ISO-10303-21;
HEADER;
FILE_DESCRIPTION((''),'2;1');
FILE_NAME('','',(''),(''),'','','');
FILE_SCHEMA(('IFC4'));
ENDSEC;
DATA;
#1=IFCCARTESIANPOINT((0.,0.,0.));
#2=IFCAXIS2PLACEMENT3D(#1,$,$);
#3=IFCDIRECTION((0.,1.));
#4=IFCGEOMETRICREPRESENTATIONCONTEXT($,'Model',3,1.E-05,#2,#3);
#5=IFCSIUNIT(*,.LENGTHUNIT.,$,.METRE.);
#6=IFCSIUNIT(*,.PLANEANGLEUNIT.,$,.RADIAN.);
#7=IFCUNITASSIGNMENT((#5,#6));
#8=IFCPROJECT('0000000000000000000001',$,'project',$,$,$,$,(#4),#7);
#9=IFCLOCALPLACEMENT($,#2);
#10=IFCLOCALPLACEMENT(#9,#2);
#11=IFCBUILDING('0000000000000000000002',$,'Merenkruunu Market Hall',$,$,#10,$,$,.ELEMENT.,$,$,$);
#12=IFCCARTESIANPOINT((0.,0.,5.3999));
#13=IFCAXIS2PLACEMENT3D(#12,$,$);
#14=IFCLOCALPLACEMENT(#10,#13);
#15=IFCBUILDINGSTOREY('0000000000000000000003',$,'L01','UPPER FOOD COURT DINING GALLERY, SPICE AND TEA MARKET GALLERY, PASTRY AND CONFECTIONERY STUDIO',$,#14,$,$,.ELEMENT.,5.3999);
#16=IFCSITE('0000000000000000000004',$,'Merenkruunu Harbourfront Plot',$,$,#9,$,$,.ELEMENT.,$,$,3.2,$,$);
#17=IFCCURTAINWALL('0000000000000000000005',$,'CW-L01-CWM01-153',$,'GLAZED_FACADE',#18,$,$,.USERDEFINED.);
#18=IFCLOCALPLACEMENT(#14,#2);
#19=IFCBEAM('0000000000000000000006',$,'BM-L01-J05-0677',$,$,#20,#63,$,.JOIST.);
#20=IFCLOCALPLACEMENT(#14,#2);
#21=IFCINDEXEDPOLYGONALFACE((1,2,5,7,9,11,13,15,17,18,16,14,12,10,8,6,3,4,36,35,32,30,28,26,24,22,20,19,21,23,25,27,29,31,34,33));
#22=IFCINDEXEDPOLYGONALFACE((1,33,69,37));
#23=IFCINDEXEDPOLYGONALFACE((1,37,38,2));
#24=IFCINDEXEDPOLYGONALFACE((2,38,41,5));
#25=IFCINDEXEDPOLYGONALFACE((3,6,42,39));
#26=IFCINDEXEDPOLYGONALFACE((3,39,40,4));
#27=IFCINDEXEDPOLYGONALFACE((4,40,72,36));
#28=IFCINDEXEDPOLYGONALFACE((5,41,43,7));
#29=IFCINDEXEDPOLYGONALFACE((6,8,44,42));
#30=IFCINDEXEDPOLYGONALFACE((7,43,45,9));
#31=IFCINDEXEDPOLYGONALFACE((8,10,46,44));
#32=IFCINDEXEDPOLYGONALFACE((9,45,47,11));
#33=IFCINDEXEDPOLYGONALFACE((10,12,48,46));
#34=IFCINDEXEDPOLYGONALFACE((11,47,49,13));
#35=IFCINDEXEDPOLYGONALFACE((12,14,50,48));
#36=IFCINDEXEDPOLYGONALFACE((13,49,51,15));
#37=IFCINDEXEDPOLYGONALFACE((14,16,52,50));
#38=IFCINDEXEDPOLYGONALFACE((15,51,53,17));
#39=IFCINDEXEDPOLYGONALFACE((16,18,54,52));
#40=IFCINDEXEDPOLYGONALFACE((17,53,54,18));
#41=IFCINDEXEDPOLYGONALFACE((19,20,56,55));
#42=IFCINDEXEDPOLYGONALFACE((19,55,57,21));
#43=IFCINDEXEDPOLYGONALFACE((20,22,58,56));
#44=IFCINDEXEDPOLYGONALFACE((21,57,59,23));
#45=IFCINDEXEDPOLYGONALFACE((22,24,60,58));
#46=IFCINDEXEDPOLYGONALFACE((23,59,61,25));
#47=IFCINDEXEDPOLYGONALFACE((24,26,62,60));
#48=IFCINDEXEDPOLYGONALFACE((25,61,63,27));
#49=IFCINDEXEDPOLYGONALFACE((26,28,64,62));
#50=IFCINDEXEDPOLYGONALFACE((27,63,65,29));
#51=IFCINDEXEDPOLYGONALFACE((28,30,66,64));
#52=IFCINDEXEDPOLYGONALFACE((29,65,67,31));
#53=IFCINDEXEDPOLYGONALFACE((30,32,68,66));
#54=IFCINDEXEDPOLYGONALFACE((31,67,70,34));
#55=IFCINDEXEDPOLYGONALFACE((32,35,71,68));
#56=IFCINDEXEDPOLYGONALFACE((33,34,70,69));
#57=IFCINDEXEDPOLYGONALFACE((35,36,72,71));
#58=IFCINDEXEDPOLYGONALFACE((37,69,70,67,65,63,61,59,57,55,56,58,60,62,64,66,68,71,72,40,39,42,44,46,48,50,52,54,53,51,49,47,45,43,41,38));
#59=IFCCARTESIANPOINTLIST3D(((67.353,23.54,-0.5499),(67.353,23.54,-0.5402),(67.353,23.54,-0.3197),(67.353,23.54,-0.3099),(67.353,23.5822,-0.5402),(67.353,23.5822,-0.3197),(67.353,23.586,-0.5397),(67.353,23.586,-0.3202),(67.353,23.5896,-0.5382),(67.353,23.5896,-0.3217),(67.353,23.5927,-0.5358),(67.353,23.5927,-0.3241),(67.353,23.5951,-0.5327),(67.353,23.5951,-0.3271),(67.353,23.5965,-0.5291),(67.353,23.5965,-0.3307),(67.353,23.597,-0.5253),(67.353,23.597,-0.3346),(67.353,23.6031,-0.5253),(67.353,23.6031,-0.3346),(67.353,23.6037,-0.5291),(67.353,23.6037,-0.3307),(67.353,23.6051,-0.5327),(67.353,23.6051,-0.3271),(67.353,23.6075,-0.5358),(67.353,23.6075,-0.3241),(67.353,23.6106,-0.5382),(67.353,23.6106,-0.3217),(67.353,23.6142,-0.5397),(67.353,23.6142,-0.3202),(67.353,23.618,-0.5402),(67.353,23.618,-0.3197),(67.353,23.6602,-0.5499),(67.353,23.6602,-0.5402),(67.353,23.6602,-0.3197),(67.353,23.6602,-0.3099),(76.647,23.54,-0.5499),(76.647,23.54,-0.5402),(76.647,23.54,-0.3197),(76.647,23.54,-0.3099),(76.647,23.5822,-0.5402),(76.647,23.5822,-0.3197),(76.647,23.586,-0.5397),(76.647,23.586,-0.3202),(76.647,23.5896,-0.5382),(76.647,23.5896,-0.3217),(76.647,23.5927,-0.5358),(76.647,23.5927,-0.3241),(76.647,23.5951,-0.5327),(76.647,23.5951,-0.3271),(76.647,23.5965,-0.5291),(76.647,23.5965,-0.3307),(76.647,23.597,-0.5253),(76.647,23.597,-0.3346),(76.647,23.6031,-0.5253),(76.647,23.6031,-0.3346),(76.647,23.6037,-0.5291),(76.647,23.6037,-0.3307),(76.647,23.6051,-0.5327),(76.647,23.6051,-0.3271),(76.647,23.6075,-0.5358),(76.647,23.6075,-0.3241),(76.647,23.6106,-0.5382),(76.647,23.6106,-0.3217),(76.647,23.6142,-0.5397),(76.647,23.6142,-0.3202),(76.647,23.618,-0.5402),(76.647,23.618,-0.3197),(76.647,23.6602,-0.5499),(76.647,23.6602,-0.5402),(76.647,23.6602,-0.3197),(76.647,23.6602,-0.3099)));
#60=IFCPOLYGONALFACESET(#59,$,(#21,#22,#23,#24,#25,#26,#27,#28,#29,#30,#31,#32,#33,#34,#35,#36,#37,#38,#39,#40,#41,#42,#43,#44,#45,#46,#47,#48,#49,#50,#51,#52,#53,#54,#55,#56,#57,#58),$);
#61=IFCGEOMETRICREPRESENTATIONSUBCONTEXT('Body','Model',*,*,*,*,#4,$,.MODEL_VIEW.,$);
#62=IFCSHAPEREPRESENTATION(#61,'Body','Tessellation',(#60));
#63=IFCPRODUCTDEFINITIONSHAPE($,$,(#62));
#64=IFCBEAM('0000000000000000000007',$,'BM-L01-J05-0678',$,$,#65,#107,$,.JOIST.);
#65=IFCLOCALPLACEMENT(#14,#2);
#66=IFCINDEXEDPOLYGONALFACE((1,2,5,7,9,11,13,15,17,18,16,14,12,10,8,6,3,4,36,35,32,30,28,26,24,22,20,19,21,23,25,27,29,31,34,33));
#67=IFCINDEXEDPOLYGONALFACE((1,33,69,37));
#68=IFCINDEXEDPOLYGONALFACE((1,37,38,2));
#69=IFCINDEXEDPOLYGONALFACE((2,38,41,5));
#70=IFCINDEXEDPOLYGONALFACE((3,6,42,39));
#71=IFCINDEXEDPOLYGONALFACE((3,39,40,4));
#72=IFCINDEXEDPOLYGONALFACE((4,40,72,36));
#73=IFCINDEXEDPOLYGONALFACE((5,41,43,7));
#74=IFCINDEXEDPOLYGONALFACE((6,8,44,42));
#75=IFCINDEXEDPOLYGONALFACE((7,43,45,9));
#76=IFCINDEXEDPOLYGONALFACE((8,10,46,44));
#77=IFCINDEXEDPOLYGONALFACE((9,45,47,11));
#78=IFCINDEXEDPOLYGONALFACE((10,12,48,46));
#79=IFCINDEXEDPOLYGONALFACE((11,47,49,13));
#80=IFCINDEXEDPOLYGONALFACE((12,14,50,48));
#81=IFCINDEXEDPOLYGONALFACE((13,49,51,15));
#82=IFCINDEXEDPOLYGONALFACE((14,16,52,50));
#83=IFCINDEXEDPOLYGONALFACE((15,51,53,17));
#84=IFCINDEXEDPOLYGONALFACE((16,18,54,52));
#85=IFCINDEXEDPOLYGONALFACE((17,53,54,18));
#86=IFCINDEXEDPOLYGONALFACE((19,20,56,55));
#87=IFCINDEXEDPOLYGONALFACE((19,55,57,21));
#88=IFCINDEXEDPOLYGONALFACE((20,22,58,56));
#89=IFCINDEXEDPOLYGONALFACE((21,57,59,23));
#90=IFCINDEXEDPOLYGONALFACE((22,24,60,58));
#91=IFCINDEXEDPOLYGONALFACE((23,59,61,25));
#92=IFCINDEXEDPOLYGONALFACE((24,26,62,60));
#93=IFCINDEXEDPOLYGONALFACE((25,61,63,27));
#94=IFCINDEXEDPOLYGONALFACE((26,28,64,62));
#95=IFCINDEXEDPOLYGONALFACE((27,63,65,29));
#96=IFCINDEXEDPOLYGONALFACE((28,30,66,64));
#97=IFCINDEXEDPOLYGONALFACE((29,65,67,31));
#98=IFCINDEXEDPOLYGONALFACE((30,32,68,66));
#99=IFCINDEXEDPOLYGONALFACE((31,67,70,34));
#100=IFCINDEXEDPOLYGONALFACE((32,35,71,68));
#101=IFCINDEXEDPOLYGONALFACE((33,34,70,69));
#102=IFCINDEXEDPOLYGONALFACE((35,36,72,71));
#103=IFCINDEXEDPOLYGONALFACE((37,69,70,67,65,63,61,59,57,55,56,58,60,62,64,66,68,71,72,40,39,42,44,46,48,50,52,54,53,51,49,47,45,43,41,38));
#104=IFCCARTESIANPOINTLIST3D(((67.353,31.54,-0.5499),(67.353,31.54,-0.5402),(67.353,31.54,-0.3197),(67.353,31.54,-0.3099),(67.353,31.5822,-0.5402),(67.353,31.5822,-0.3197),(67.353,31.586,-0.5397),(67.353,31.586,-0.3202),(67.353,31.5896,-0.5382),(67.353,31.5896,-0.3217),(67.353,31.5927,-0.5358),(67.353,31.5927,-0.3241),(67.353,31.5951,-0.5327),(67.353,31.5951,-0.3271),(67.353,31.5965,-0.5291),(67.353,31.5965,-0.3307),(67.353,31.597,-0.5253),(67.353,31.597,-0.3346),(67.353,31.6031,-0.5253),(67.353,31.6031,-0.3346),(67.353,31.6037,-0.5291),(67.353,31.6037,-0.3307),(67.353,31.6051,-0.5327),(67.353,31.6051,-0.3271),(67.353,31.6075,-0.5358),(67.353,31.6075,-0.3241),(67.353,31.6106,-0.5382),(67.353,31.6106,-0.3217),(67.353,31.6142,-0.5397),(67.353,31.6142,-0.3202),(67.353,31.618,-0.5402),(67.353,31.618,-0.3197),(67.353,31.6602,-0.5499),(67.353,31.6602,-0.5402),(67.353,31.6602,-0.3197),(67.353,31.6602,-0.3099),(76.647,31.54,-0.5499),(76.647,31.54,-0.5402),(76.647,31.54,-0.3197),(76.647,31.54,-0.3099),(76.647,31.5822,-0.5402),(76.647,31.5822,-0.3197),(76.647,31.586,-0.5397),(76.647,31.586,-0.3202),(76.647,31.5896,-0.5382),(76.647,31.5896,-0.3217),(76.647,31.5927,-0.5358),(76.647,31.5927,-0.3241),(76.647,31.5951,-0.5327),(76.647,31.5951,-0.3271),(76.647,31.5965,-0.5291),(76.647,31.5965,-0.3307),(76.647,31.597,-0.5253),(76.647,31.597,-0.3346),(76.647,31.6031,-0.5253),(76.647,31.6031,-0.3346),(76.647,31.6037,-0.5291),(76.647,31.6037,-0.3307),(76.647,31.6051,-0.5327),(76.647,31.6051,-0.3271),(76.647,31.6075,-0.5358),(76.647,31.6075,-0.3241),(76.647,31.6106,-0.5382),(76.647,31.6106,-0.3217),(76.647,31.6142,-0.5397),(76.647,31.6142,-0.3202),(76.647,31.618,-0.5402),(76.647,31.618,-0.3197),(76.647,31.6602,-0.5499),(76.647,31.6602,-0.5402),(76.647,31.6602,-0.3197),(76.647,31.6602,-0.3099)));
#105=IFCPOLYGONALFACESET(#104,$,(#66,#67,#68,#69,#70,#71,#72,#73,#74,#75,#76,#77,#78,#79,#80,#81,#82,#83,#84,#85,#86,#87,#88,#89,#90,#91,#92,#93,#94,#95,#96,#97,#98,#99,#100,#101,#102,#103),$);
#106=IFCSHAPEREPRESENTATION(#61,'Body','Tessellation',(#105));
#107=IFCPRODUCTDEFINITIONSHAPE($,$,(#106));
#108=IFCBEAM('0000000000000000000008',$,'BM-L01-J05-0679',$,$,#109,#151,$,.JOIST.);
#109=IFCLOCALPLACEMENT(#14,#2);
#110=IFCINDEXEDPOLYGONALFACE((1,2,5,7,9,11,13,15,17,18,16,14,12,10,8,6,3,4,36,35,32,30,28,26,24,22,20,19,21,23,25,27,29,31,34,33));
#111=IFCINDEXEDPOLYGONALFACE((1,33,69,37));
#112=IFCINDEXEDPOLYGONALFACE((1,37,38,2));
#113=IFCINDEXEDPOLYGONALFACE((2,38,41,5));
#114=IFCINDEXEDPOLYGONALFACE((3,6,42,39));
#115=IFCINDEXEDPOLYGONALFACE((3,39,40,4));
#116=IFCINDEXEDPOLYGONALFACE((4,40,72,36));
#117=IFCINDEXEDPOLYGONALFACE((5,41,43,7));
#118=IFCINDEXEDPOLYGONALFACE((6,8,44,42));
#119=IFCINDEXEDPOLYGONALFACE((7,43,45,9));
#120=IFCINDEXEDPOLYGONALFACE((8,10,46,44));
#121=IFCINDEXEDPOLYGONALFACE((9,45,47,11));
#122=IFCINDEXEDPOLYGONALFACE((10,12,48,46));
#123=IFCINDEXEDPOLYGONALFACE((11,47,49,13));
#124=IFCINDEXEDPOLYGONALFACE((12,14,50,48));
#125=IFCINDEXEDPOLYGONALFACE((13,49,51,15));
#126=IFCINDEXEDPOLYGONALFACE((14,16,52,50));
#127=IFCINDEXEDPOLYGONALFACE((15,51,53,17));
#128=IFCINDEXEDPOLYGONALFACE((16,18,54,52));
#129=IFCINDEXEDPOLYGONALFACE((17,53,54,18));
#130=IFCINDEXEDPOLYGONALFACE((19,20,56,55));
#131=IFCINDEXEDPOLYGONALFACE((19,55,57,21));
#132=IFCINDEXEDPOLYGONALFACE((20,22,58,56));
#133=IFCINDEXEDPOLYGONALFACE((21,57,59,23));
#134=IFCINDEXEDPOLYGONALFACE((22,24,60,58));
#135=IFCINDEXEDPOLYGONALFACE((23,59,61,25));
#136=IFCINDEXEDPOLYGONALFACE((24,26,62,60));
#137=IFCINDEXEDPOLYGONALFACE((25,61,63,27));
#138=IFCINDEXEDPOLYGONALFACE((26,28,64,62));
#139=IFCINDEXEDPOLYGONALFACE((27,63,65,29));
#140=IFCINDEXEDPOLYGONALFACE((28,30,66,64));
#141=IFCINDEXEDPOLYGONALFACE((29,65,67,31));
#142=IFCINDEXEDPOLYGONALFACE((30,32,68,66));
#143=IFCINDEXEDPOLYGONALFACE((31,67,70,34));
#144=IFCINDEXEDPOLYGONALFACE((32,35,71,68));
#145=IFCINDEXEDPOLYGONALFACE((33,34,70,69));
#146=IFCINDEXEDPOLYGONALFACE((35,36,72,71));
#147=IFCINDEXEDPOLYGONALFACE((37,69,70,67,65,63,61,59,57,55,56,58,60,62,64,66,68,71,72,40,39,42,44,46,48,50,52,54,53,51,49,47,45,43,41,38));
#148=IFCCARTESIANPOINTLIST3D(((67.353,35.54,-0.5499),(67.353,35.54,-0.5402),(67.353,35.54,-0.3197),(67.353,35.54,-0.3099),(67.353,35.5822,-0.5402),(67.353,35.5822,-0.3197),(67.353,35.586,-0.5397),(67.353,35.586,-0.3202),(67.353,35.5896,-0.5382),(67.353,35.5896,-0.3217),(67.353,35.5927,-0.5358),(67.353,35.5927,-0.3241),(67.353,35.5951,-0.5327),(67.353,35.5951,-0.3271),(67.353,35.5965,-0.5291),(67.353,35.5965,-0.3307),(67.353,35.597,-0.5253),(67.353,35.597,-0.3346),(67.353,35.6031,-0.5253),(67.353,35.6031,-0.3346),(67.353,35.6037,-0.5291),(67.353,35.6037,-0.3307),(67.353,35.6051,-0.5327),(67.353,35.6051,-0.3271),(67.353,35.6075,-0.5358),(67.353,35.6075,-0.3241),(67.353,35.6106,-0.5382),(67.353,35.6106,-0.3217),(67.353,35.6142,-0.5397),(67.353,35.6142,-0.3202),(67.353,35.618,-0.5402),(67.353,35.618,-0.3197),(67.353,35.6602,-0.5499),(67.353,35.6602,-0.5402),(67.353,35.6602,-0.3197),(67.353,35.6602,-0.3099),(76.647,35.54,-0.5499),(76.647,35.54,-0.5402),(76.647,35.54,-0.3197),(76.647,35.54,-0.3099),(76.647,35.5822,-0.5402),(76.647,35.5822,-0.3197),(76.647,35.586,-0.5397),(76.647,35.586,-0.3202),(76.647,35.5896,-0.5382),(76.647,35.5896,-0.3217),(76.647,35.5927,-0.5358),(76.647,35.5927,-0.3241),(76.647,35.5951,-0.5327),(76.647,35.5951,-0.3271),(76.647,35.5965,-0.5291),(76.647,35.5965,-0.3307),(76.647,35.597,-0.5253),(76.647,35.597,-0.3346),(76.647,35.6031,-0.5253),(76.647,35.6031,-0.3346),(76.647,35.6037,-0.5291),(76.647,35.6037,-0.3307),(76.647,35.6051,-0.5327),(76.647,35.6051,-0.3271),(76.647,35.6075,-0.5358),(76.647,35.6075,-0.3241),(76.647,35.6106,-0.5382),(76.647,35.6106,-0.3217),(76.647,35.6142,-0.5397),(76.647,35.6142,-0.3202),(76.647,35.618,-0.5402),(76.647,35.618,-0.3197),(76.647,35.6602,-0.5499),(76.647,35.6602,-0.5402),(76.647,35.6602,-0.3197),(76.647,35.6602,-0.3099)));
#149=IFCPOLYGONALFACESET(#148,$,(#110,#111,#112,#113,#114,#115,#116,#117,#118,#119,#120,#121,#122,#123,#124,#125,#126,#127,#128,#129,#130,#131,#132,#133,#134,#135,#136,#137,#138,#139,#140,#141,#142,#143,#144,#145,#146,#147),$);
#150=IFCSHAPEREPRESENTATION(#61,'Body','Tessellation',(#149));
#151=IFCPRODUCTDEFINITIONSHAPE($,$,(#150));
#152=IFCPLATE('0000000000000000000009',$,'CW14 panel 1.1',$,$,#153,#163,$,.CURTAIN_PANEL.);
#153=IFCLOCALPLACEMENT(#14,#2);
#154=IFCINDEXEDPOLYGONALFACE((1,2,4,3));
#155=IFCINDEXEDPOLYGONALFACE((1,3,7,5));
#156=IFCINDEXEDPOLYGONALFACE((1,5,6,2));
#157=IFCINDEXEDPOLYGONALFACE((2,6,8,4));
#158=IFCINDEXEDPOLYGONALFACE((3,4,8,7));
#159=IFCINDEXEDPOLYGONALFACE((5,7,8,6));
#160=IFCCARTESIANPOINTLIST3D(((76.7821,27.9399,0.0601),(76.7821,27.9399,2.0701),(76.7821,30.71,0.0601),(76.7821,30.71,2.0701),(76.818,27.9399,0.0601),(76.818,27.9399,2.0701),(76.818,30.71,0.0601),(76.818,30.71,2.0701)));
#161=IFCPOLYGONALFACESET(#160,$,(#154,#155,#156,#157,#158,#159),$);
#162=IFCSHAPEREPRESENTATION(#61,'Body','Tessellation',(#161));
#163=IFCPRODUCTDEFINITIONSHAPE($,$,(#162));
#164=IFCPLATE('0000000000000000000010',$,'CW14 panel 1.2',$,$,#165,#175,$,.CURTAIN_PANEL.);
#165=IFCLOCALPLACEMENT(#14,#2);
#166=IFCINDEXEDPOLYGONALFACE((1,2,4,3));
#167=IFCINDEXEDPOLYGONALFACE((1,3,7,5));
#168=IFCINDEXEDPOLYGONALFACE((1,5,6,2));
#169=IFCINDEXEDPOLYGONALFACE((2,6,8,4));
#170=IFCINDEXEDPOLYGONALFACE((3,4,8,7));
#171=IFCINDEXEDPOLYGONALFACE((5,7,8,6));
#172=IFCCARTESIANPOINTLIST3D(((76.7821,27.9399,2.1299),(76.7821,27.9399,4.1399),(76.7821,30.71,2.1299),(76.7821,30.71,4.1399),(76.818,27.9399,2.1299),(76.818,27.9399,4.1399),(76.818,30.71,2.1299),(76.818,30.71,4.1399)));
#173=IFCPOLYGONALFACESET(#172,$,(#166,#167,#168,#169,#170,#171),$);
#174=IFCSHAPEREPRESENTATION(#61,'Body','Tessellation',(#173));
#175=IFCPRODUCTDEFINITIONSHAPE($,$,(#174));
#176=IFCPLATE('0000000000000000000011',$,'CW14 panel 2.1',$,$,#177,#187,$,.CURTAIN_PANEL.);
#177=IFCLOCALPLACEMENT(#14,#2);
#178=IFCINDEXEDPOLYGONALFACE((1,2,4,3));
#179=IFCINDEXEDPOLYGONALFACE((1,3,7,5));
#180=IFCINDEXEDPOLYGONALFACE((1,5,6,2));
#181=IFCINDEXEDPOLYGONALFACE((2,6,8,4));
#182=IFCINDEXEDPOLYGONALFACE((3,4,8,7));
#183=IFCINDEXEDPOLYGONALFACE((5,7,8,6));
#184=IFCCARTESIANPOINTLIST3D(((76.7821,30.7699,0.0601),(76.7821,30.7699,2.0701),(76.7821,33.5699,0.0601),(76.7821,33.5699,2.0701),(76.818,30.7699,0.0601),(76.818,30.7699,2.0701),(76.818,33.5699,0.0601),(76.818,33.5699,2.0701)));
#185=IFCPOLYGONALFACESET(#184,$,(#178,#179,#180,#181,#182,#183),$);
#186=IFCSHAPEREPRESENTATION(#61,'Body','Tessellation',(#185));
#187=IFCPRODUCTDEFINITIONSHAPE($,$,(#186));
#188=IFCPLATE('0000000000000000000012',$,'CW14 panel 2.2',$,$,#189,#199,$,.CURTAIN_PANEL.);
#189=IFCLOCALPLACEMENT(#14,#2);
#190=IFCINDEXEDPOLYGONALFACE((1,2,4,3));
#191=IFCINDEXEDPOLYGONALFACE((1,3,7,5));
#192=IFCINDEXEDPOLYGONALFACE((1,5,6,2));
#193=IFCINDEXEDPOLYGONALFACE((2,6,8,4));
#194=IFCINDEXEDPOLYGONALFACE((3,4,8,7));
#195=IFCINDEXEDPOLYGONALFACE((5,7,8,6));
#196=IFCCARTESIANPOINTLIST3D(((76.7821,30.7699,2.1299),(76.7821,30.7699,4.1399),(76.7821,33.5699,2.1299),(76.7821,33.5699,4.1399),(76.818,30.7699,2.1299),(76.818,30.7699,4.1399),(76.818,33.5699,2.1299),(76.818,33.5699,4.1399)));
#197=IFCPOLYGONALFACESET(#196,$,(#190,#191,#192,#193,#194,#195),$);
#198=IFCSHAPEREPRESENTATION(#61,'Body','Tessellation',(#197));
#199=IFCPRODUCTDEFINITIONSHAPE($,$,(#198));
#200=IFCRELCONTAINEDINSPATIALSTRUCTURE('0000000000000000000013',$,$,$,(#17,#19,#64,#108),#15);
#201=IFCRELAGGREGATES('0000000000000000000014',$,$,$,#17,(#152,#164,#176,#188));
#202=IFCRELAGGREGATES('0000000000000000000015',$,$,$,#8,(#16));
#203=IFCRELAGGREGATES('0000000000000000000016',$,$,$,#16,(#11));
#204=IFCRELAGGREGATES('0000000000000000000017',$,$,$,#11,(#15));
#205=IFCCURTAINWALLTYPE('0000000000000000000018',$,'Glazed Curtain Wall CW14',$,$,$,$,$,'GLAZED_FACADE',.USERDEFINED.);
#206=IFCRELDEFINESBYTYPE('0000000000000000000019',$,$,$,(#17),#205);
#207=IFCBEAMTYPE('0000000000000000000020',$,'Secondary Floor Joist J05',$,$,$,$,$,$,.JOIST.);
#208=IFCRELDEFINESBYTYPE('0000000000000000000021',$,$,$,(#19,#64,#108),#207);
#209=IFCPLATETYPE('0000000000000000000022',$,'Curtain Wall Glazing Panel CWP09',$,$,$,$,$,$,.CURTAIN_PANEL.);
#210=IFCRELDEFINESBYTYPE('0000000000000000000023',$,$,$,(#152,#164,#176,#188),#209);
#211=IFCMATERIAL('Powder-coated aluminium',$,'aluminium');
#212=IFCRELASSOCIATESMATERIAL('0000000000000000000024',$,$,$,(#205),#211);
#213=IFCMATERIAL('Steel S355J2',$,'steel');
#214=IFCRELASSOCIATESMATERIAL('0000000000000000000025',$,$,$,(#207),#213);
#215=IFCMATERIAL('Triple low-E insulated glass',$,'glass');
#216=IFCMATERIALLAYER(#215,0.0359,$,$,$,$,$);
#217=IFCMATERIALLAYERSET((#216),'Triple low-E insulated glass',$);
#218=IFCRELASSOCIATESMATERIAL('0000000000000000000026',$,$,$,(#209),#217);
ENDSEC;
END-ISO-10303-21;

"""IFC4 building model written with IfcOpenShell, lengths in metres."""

from ifc_helpers import new_model, si_unit, direction, frame, origin, origin_2d, place, context, subcontext, project, spatial, rectangle, i_section, extrude, material, layer, layer_set, material_profile, profile_set, type_object, element, aggregate, save


model = new_model("IFC4")

# Units and contexts
model_context = context("Model", 3, precision=1e-05, world=origin(), true_north=direction((0.0, 1.0)))
body_context = subcontext(model_context, "Body", "Model", "MODEL_VIEW")
ifc_project = project(units=[si_unit("LENGTHUNIT", "METRE"), si_unit("PLANEANGLEUNIT", "RADIAN")], contexts=[model_context])

# Site, building, storey
site_placement = place(None, origin())
site = spatial("IfcSite", under=ifc_project, at=site_placement, Name="Merenkruunu Harbourfront Plot", CompositionType="ELEMENT", RefElevation=3.2)
building_placement = place(site_placement, origin())
building = spatial("IfcBuilding", under=site, at=building_placement, Name="Merenkruunu Market Hall", CompositionType="ELEMENT")
storey_placement = place(building_placement, frame((0.0, 0.0, 5.3999)))
storey = spatial("IfcBuildingStorey", under=building, at=storey_placement, Name="L01", Description="UPPER FOOD COURT DINING GALLERY, SPICE AND TEA MARKET GALLERY, PASTRY AND CONFECTIONERY STUDIO", CompositionType="ELEMENT", Elevation=5.3999)

# Curtain wall
ifc_material_1 = material(Name="Powder-coated aluminium", Category="aluminium")
curtain_wall_type = type_object("IfcCurtainWallType", Name="Glazed Curtain Wall CW14", ElementType="GLAZED_FACADE", PredefinedType="USERDEFINED", material=ifc_material_1)
curtain_wall_placement = place(storey_placement, origin())
curtain_wall = element("IfcCurtainWall", 1, at=curtain_wall_placement, inside=storey, type_object=curtain_wall_type, Name="CW-L01-CWM01-153", ObjectType="GLAZED_FACADE", PredefinedType="USERDEFINED")

# Beams
ifc_material_2 = material(Name="Steel S355J2", Category="steel")
ifc_material_profile_1 = material_profile(ifc_material_2, i_section(OverallWidth=0.1201, OverallDepth=0.24, WebThickness=0.0061, FlangeThickness=0.0098, FilletRadius=0.0149, at=origin_2d()), Name="IPE 240")
ifc_profile_set_1 = profile_set([ifc_material_profile_1], Name="Steel S355J2")
beam_type_1 = type_object("IfcBeamType", Name="Secondary Floor Joist J05", PredefinedType="JOIST", material=ifc_profile_set_1)
for number, where, z_axis, x_axis, name in (
    (2, (67.353, 23.6001, -0.4299), (1.0, 0.0, 0.0), (0.0, 1.0, 0.0), "BM-L01-J05-0677"),
    (3, (67.353, 31.6001, -0.4299), (1.0, 0.0, 0.0), (0.0, 1.0, 0.0), "BM-L01-J05-0678"),
    (4, (67.353, 35.6001, -0.4299), (1.0, 0.0, 0.0), (0.0, 1.0, 0.0), "BM-L01-J05-0679"),
):
    element("IfcBeam", number, at=place(storey_placement, frame(where, z_axis=z_axis, x_axis=x_axis)), inside=storey, type_object=beam_type_1, Name=name, PredefinedType="JOIST", context=body_context, shape_type="SweptSolid", body=[
        extrude(i_section(OverallWidth=0.1201, OverallDepth=0.24, WebThickness=0.0061, FlangeThickness=0.0098, FilletRadius=0.0149, at=origin_2d()), origin(), (0.0, 0.0, 1.0), 9.2939),
    ])

# Plates
ifc_material_3 = material(Name="Triple low-E insulated glass", Category="glass")
ifc_layer_1 = layer(ifc_material_3, 0.0359)
ifc_layer_set_1 = layer_set([ifc_layer_1], Name="Triple low-E insulated glass")
plate_type = type_object("IfcPlateType", Name="Curtain Wall Glazing Panel CWP09", PredefinedType="CURTAIN_PANEL", material=ifc_layer_set_1)
plate_1_placement = place(storey_placement, frame((76.8, 29.325, 0.0601), z_axis=(0.0, 0.0, 1.0), x_axis=(0.0, 1.0, 0.0)))
plate_1 = element("IfcPlate", 5, at=plate_1_placement, type_object=plate_type, Name="CW14 panel 1.1", PredefinedType="CURTAIN_PANEL", context=body_context, shape_type="SweptSolid", body=[
    extrude(rectangle(XDim=2.77, YDim=0.0359, at=origin_2d()), origin(), (0.0, 0.0, 1.0), 2.01),
])
plate_2_placement = place(storey_placement, frame((76.8, 29.325, 2.1299), z_axis=(0.0, 0.0, 1.0), x_axis=(0.0, 1.0, 0.0)))
plate_2 = element("IfcPlate", 6, at=plate_2_placement, type_object=plate_type, Name="CW14 panel 1.2", PredefinedType="CURTAIN_PANEL", context=body_context, shape_type="SweptSolid", body=[
    extrude(rectangle(XDim=2.77, YDim=0.0359, at=origin_2d()), origin(), (0.0, 0.0, 1.0), 2.01),
])
plate_3_placement = place(storey_placement, frame((76.8, 32.1699, 0.0601), z_axis=(0.0, 0.0, 1.0), x_axis=(0.0, 1.0, 0.0)))
plate_3 = element("IfcPlate", 7, at=plate_3_placement, type_object=plate_type, Name="CW14 panel 2.1", PredefinedType="CURTAIN_PANEL", context=body_context, shape_type="SweptSolid", body=[
    extrude(rectangle(XDim=2.8, YDim=0.0359, at=origin_2d()), origin(), (0.0, 0.0, 1.0), 2.01),
])
plate_4_placement = place(storey_placement, frame((76.8, 32.1699, 2.1299), z_axis=(0.0, 0.0, 1.0), x_axis=(0.0, 1.0, 0.0)))
plate_4 = element("IfcPlate", 8, at=plate_4_placement, type_object=plate_type, Name="CW14 panel 2.2", PredefinedType="CURTAIN_PANEL", context=body_context, shape_type="SweptSolid", body=[
    extrude(rectangle(XDim=2.8, YDim=0.0359, at=origin_2d()), origin(), (0.0, 0.0, 1.0), 2.01),
])
aggregate(curtain_wall, [plate_1, plate_2, plate_3, plate_4])

save(model, "model.ifc")
